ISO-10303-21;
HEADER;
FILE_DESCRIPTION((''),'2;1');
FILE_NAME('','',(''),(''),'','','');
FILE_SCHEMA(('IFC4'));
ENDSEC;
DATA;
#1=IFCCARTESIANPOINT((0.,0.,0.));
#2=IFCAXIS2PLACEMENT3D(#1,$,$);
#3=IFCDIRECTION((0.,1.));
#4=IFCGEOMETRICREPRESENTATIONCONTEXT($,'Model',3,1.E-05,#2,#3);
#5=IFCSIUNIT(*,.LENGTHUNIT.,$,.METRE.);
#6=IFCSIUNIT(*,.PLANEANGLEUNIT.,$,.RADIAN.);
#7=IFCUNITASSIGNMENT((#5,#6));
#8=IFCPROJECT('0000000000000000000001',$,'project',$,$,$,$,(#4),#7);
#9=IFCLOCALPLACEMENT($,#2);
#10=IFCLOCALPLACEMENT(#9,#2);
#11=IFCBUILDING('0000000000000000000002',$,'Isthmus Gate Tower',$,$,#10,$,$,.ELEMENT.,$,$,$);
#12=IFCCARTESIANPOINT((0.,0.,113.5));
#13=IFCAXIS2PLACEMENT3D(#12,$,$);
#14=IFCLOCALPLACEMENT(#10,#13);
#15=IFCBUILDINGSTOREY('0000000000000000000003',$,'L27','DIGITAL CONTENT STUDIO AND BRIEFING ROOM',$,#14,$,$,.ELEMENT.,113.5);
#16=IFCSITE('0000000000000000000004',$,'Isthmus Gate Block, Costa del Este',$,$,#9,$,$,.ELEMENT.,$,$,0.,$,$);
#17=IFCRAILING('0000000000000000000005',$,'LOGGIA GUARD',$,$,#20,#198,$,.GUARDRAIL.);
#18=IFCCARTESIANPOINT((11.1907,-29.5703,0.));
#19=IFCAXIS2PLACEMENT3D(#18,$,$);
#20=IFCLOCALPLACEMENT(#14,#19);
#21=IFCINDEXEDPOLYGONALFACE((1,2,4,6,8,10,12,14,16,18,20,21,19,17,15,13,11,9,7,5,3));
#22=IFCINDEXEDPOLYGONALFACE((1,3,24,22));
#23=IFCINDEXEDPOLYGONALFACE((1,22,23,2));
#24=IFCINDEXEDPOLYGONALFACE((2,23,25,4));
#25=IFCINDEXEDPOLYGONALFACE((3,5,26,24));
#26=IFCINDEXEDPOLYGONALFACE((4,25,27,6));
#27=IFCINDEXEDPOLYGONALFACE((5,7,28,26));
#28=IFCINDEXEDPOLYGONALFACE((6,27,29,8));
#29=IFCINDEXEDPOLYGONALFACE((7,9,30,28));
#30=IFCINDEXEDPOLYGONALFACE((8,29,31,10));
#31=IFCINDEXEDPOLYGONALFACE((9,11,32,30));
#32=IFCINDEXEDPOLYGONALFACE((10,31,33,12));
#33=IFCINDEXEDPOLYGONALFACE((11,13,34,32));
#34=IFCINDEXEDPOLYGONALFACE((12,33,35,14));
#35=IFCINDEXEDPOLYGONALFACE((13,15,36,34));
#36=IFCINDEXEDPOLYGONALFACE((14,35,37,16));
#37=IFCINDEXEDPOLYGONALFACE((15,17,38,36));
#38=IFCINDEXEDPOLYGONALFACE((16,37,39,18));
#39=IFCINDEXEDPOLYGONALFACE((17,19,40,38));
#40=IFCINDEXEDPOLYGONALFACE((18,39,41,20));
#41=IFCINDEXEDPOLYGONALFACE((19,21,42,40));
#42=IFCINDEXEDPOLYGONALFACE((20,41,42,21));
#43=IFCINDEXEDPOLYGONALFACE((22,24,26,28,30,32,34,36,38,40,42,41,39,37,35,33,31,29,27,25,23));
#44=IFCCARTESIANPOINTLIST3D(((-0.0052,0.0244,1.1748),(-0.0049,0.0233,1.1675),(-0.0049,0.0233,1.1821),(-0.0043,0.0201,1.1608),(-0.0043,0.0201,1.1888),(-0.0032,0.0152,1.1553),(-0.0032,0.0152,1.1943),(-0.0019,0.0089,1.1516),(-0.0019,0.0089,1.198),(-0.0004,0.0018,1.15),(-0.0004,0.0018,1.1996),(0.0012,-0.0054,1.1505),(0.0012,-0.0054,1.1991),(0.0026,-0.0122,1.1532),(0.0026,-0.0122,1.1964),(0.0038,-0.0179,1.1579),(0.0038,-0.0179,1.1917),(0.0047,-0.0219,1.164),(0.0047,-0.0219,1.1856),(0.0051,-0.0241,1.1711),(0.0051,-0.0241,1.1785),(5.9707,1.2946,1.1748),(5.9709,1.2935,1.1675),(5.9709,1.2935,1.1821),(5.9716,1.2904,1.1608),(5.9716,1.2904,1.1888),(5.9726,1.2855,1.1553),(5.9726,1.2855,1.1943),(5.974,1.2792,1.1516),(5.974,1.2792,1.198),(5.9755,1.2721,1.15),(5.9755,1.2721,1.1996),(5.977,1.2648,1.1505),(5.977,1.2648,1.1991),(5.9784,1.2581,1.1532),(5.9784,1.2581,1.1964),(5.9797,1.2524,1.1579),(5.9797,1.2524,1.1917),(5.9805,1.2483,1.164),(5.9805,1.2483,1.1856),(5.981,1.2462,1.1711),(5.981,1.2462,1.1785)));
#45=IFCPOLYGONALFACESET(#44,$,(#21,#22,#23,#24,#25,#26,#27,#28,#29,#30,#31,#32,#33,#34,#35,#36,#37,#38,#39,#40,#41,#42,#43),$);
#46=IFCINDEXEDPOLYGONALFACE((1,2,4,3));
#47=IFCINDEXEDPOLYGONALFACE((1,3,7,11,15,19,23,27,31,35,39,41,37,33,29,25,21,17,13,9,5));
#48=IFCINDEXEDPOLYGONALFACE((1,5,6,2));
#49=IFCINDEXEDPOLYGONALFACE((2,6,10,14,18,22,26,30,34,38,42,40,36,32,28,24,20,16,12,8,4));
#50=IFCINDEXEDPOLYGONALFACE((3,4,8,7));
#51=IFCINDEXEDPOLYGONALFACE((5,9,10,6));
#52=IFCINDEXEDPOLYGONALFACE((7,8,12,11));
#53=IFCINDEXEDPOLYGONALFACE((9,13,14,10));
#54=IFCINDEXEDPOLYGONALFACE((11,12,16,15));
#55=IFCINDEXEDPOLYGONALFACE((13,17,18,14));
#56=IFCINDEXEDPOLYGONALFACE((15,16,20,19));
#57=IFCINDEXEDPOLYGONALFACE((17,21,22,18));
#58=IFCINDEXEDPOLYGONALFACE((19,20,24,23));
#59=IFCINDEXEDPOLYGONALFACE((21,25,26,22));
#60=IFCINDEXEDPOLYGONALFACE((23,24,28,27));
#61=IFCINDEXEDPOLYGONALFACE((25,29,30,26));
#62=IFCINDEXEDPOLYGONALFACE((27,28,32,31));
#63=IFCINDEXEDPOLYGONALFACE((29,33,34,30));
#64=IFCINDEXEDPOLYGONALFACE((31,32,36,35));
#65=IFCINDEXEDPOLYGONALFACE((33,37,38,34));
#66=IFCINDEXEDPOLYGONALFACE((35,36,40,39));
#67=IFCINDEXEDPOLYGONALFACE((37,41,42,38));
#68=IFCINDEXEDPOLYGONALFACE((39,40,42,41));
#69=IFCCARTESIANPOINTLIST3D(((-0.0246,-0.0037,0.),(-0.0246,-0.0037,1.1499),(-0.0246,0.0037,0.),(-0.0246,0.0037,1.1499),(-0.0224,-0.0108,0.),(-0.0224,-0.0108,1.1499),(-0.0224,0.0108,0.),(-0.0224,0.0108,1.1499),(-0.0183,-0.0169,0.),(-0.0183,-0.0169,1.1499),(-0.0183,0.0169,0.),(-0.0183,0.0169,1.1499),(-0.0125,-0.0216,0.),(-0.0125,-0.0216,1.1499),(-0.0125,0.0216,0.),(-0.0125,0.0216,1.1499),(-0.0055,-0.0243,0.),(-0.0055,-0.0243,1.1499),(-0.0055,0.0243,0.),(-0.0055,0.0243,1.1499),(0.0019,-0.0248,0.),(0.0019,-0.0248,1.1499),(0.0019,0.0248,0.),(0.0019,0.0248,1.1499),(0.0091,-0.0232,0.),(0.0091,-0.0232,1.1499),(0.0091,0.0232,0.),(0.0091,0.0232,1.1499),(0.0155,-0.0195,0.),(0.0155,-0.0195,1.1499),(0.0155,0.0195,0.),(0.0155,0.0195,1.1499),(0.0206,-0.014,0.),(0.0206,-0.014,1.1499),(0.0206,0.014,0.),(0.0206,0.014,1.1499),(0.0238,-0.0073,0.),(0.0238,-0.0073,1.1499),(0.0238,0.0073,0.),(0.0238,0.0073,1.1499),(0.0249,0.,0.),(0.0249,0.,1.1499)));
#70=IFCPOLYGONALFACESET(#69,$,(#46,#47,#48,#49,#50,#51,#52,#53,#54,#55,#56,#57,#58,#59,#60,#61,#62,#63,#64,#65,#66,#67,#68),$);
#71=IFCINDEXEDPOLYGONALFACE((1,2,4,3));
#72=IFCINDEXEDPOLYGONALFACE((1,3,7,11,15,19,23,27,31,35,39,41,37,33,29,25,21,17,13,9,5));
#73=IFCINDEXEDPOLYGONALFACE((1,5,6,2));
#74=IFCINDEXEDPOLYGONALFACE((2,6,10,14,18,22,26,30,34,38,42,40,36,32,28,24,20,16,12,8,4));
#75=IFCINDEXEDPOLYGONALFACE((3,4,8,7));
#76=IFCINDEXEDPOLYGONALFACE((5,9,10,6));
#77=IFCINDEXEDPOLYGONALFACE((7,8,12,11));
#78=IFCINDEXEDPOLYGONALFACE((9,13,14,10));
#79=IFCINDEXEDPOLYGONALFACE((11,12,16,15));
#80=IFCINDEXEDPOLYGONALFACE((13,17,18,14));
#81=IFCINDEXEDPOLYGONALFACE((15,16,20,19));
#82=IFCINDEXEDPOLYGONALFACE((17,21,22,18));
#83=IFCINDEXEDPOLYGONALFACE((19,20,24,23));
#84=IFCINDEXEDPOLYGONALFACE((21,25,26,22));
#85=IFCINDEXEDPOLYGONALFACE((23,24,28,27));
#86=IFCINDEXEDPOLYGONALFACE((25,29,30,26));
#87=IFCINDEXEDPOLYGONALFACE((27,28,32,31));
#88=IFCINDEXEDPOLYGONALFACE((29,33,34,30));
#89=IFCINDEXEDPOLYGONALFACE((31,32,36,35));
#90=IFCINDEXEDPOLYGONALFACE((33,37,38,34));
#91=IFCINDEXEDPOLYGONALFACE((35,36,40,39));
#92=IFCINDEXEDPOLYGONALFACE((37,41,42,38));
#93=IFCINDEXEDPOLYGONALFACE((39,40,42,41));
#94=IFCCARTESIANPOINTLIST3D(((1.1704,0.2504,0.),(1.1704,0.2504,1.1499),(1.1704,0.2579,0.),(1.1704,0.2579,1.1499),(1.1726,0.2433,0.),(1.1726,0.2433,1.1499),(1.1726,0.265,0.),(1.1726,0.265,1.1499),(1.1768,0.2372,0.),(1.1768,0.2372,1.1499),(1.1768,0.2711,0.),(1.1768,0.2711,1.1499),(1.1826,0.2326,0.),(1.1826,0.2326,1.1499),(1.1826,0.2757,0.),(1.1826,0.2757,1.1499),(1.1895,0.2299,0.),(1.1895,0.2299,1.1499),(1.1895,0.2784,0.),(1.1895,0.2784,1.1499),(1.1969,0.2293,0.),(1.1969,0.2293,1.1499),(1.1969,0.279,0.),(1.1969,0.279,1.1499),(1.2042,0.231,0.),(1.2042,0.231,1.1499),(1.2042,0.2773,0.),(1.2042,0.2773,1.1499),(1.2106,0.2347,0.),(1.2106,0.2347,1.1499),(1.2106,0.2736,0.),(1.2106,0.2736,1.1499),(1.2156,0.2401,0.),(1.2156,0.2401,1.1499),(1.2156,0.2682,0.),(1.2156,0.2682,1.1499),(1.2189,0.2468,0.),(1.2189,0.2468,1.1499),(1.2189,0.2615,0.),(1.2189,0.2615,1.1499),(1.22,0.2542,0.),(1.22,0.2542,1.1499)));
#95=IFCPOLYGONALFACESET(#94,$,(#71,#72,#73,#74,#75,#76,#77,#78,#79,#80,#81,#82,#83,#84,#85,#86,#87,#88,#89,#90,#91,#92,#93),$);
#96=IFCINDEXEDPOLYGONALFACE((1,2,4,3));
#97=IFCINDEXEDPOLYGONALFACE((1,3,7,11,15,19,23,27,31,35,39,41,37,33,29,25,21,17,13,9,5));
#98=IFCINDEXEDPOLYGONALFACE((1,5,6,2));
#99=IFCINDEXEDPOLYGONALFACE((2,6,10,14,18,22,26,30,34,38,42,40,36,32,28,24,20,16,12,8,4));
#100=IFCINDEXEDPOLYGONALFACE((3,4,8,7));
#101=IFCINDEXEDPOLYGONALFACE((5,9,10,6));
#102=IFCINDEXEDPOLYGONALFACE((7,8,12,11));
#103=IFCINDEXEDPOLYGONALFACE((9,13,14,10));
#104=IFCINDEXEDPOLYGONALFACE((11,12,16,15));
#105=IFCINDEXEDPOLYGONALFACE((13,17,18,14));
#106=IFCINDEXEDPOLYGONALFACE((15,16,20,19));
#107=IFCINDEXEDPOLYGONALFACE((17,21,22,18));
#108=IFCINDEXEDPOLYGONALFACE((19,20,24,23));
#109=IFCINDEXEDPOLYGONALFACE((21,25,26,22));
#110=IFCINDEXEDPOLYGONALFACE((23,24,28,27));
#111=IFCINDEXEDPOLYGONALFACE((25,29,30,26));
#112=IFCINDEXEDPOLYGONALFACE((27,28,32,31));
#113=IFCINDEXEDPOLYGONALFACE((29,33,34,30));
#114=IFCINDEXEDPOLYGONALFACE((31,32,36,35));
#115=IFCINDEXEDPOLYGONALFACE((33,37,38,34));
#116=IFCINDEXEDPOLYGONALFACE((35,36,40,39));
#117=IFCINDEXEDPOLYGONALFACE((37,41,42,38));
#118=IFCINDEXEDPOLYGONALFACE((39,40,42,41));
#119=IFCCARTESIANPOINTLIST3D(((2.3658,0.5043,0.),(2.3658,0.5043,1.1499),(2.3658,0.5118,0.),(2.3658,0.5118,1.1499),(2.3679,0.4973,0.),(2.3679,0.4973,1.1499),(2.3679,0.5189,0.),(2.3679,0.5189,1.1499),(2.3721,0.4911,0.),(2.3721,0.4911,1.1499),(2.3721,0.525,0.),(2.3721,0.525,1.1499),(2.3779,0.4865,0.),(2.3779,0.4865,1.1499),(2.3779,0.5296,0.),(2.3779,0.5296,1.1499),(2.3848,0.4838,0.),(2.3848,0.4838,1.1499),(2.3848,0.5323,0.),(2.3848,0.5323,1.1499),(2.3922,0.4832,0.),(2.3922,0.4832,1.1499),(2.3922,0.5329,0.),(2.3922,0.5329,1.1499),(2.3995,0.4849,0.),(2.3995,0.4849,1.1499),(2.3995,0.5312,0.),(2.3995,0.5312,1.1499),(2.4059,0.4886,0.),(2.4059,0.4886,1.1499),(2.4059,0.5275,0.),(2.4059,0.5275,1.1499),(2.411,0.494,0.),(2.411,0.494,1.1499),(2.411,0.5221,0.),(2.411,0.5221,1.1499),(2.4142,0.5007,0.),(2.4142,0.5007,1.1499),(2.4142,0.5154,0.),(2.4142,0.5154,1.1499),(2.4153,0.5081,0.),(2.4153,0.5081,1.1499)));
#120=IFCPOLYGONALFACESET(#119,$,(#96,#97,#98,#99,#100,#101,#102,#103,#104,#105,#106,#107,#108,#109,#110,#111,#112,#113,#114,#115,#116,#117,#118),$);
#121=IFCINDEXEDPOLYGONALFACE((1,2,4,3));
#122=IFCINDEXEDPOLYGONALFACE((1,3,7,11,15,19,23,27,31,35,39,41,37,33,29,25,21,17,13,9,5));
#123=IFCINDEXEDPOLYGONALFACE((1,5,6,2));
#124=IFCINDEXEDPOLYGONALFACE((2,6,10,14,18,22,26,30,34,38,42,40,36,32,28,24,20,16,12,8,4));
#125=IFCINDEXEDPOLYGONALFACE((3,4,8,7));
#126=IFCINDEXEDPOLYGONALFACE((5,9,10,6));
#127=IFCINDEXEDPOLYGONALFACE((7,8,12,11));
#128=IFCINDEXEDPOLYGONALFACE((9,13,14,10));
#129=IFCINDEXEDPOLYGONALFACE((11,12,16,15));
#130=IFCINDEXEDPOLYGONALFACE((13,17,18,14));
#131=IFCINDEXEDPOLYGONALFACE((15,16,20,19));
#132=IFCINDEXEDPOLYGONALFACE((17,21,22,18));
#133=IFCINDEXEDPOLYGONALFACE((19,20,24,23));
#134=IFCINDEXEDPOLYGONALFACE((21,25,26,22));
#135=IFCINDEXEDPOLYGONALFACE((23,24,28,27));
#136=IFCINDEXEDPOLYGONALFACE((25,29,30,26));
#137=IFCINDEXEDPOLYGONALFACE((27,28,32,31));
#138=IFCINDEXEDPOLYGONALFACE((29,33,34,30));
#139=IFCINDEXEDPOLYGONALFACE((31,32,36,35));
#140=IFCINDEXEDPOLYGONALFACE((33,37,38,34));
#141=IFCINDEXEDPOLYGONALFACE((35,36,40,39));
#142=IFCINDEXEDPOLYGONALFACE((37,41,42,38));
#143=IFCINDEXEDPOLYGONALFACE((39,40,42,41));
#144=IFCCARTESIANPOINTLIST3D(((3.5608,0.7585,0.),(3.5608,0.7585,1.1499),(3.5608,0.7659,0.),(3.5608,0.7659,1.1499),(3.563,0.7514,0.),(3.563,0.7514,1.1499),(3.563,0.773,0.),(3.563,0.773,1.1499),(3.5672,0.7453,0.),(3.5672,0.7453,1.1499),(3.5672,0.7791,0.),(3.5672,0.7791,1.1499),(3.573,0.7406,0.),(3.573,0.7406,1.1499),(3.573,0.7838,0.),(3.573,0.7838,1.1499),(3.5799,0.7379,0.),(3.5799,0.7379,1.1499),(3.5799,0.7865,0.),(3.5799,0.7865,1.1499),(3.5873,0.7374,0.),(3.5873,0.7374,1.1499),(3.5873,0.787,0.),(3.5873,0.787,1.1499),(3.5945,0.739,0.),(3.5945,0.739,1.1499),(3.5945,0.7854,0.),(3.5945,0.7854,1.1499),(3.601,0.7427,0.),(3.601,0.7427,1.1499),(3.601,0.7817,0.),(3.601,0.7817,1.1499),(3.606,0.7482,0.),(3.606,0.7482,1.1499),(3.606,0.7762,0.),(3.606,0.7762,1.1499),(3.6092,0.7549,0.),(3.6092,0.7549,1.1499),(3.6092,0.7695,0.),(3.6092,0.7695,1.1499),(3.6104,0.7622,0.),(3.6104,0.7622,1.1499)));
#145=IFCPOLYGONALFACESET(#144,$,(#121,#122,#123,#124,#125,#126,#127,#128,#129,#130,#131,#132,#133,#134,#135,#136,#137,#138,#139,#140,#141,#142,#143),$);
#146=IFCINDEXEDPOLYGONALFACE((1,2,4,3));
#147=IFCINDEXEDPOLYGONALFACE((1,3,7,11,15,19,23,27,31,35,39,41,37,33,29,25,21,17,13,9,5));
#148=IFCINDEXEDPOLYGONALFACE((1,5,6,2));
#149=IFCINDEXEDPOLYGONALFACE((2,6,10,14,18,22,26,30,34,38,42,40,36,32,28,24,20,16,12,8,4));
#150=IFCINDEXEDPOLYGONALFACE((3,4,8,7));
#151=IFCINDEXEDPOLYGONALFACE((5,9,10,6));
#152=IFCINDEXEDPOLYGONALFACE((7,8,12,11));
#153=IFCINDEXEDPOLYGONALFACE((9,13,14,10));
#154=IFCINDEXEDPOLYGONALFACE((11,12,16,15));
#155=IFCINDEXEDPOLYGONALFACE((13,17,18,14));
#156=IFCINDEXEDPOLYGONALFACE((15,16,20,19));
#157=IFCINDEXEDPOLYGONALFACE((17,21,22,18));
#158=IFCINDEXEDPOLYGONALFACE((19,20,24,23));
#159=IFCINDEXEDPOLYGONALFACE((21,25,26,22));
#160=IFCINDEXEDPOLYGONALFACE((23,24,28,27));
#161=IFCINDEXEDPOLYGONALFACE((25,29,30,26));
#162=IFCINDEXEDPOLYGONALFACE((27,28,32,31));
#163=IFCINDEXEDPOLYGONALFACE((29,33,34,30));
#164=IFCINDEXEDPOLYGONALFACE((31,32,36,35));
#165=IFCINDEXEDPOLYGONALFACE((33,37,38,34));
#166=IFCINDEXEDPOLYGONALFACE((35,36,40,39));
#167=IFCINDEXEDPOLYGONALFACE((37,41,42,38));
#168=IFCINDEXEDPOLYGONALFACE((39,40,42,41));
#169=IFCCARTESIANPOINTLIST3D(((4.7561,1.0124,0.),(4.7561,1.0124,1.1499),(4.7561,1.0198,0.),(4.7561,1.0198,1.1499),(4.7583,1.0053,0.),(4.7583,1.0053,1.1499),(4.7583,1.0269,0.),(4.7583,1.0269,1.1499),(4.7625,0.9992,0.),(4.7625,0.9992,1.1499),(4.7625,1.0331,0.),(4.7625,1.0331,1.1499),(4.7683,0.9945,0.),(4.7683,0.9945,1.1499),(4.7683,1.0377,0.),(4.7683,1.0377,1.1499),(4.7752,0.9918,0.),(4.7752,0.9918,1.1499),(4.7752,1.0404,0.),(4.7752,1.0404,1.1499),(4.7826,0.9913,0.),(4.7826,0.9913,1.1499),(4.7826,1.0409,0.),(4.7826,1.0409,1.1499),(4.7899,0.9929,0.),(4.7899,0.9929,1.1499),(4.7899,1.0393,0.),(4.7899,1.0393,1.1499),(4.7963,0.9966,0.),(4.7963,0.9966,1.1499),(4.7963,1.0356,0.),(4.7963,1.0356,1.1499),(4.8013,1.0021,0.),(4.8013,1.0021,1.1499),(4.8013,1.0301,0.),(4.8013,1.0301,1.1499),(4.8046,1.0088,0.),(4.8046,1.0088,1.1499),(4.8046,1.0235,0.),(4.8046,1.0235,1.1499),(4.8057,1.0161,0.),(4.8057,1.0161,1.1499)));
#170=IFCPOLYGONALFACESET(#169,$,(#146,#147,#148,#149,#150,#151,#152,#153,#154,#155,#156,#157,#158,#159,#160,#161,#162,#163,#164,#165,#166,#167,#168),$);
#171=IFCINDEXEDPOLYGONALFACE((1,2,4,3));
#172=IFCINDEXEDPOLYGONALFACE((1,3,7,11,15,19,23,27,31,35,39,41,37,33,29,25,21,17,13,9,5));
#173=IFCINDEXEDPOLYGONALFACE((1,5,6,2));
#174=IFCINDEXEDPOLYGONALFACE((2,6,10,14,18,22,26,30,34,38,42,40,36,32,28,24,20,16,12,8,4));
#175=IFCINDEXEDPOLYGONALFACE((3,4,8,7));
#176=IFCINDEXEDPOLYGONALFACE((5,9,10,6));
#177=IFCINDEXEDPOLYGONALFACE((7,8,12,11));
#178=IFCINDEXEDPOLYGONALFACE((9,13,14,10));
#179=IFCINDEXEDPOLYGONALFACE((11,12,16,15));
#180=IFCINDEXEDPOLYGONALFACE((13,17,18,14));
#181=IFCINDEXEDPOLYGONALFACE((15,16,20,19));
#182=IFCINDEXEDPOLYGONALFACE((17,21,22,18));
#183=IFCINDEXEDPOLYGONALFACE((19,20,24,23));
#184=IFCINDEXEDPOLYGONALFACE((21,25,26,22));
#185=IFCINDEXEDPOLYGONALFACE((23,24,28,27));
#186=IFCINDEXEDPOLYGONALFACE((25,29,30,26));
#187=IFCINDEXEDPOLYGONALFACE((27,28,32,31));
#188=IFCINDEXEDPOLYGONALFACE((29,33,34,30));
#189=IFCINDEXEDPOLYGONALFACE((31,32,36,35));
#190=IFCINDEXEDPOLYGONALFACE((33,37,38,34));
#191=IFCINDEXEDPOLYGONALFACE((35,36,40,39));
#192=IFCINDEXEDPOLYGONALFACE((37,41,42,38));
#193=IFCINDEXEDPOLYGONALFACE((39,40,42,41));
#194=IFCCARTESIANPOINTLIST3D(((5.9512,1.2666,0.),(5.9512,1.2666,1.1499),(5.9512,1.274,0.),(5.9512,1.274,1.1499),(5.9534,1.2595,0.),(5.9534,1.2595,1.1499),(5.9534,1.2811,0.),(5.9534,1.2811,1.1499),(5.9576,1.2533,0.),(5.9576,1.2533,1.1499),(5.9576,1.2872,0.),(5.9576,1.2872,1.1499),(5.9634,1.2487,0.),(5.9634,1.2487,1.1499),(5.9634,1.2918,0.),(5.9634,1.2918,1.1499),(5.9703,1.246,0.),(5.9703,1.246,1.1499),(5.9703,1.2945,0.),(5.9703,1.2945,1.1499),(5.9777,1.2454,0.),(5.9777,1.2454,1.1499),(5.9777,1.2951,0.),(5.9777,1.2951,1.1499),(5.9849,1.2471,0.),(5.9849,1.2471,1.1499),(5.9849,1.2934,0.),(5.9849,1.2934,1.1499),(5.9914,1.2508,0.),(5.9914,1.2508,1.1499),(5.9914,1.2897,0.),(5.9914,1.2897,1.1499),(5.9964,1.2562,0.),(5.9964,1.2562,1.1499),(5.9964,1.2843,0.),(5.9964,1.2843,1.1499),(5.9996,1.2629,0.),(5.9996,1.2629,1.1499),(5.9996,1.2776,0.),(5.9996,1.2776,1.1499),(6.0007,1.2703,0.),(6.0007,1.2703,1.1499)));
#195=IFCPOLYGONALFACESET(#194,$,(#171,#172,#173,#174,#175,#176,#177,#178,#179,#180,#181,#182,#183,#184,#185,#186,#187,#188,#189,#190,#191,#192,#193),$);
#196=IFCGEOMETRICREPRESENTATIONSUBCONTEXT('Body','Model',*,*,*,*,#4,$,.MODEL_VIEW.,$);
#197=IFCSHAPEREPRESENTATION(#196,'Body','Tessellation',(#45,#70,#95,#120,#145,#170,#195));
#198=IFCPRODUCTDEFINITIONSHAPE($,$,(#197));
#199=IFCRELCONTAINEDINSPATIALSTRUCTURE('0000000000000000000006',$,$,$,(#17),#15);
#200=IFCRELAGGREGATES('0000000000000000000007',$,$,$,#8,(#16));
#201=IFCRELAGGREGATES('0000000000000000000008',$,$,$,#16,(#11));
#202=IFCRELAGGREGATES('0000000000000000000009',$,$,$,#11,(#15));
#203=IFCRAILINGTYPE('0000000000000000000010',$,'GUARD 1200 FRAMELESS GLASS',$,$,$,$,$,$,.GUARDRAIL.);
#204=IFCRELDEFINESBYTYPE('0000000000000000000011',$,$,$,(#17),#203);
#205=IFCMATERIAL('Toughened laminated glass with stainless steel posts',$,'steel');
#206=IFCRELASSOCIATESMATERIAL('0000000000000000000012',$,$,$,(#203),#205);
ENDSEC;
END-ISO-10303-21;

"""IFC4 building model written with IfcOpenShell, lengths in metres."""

from ifc_helpers import new_model, si_unit, direction, frame, origin, origin_2d, place, context, subcontext, project, spatial, circle, extrude, material, type_object, element, save


model = new_model("IFC4")

# Units and contexts
model_context = context("Model", 3, precision=1e-05, world=origin(), true_north=direction((0.0, 1.0)))
body_context = subcontext(model_context, "Body", "Model", "MODEL_VIEW")
ifc_project = project(units=[si_unit("LENGTHUNIT", "METRE"), si_unit("PLANEANGLEUNIT", "RADIAN")], contexts=[model_context])

# Site, building, storey
site_placement = place(None, origin())
site = spatial("IfcSite", under=ifc_project, at=site_placement, Name="Isthmus Gate Block, Costa del Este", CompositionType="ELEMENT", RefElevation=0.0)
building_placement = place(site_placement, origin())
building = spatial("IfcBuilding", under=site, at=building_placement, Name="Isthmus Gate Tower", CompositionType="ELEMENT")
storey_placement = place(building_placement, frame((0.0, 0.0, 113.5)))
storey = spatial("IfcBuildingStorey", under=building, at=storey_placement, Name="L27", Description="DIGITAL CONTENT STUDIO AND BRIEFING ROOM", CompositionType="ELEMENT", Elevation=113.5)

# Railing
ifc_material_1 = material(Name="Toughened laminated glass with stainless steel posts", Category="steel")
railing_type_1 = type_object("IfcRailingType", Name="GUARD 1200 FRAMELESS GLASS", PredefinedType="GUARDRAIL", material=ifc_material_1)
railing_1_placement = place(storey_placement, frame((11.1907, -29.5703, 0.0)))
element("IfcRailing", 1, at=railing_1_placement, inside=storey, type_object=railing_type_1, Name="LOGGIA GUARD", PredefinedType="GUARDRAIL", context=body_context, shape_type="SweptSolid", body=[
    extrude(circle(Radius=0.0249, at=origin_2d()), frame((0.0, 0.0, 1.1748), z_axis=(0.978146, 0.207921, 0.0), x_axis=(-0.207921, 0.978146, 0.0)), (0.0, 0.0, 1.0), 6.1094),
    extrude(circle(Radius=0.0249, at=origin_2d()), origin(), (0.0, 0.0, 1.0), 1.1499),
    extrude(circle(Radius=0.0249, at=origin_2d()), frame((1.1951, 0.2542, 0.0)), (0.0, 0.0, 1.0), 1.1499),
    extrude(circle(Radius=0.0249, at=origin_2d()), frame((2.3904, 0.5081, 0.0)), (0.0, 0.0, 1.0), 1.1499),
    extrude(circle(Radius=0.0249, at=origin_2d()), frame((3.5854, 0.7622, 0.0)), (0.0, 0.0, 1.0), 1.1499),
    extrude(circle(Radius=0.0249, at=origin_2d()), frame((4.7808, 1.0161, 0.0)), (0.0, 0.0, 1.0), 1.1499),
    extrude(circle(Radius=0.0249, at=origin_2d()), frame((5.9758, 1.2703, 0.0)), (0.0, 0.0, 1.0), 1.1499),
])

save(model, "model.ifc")
